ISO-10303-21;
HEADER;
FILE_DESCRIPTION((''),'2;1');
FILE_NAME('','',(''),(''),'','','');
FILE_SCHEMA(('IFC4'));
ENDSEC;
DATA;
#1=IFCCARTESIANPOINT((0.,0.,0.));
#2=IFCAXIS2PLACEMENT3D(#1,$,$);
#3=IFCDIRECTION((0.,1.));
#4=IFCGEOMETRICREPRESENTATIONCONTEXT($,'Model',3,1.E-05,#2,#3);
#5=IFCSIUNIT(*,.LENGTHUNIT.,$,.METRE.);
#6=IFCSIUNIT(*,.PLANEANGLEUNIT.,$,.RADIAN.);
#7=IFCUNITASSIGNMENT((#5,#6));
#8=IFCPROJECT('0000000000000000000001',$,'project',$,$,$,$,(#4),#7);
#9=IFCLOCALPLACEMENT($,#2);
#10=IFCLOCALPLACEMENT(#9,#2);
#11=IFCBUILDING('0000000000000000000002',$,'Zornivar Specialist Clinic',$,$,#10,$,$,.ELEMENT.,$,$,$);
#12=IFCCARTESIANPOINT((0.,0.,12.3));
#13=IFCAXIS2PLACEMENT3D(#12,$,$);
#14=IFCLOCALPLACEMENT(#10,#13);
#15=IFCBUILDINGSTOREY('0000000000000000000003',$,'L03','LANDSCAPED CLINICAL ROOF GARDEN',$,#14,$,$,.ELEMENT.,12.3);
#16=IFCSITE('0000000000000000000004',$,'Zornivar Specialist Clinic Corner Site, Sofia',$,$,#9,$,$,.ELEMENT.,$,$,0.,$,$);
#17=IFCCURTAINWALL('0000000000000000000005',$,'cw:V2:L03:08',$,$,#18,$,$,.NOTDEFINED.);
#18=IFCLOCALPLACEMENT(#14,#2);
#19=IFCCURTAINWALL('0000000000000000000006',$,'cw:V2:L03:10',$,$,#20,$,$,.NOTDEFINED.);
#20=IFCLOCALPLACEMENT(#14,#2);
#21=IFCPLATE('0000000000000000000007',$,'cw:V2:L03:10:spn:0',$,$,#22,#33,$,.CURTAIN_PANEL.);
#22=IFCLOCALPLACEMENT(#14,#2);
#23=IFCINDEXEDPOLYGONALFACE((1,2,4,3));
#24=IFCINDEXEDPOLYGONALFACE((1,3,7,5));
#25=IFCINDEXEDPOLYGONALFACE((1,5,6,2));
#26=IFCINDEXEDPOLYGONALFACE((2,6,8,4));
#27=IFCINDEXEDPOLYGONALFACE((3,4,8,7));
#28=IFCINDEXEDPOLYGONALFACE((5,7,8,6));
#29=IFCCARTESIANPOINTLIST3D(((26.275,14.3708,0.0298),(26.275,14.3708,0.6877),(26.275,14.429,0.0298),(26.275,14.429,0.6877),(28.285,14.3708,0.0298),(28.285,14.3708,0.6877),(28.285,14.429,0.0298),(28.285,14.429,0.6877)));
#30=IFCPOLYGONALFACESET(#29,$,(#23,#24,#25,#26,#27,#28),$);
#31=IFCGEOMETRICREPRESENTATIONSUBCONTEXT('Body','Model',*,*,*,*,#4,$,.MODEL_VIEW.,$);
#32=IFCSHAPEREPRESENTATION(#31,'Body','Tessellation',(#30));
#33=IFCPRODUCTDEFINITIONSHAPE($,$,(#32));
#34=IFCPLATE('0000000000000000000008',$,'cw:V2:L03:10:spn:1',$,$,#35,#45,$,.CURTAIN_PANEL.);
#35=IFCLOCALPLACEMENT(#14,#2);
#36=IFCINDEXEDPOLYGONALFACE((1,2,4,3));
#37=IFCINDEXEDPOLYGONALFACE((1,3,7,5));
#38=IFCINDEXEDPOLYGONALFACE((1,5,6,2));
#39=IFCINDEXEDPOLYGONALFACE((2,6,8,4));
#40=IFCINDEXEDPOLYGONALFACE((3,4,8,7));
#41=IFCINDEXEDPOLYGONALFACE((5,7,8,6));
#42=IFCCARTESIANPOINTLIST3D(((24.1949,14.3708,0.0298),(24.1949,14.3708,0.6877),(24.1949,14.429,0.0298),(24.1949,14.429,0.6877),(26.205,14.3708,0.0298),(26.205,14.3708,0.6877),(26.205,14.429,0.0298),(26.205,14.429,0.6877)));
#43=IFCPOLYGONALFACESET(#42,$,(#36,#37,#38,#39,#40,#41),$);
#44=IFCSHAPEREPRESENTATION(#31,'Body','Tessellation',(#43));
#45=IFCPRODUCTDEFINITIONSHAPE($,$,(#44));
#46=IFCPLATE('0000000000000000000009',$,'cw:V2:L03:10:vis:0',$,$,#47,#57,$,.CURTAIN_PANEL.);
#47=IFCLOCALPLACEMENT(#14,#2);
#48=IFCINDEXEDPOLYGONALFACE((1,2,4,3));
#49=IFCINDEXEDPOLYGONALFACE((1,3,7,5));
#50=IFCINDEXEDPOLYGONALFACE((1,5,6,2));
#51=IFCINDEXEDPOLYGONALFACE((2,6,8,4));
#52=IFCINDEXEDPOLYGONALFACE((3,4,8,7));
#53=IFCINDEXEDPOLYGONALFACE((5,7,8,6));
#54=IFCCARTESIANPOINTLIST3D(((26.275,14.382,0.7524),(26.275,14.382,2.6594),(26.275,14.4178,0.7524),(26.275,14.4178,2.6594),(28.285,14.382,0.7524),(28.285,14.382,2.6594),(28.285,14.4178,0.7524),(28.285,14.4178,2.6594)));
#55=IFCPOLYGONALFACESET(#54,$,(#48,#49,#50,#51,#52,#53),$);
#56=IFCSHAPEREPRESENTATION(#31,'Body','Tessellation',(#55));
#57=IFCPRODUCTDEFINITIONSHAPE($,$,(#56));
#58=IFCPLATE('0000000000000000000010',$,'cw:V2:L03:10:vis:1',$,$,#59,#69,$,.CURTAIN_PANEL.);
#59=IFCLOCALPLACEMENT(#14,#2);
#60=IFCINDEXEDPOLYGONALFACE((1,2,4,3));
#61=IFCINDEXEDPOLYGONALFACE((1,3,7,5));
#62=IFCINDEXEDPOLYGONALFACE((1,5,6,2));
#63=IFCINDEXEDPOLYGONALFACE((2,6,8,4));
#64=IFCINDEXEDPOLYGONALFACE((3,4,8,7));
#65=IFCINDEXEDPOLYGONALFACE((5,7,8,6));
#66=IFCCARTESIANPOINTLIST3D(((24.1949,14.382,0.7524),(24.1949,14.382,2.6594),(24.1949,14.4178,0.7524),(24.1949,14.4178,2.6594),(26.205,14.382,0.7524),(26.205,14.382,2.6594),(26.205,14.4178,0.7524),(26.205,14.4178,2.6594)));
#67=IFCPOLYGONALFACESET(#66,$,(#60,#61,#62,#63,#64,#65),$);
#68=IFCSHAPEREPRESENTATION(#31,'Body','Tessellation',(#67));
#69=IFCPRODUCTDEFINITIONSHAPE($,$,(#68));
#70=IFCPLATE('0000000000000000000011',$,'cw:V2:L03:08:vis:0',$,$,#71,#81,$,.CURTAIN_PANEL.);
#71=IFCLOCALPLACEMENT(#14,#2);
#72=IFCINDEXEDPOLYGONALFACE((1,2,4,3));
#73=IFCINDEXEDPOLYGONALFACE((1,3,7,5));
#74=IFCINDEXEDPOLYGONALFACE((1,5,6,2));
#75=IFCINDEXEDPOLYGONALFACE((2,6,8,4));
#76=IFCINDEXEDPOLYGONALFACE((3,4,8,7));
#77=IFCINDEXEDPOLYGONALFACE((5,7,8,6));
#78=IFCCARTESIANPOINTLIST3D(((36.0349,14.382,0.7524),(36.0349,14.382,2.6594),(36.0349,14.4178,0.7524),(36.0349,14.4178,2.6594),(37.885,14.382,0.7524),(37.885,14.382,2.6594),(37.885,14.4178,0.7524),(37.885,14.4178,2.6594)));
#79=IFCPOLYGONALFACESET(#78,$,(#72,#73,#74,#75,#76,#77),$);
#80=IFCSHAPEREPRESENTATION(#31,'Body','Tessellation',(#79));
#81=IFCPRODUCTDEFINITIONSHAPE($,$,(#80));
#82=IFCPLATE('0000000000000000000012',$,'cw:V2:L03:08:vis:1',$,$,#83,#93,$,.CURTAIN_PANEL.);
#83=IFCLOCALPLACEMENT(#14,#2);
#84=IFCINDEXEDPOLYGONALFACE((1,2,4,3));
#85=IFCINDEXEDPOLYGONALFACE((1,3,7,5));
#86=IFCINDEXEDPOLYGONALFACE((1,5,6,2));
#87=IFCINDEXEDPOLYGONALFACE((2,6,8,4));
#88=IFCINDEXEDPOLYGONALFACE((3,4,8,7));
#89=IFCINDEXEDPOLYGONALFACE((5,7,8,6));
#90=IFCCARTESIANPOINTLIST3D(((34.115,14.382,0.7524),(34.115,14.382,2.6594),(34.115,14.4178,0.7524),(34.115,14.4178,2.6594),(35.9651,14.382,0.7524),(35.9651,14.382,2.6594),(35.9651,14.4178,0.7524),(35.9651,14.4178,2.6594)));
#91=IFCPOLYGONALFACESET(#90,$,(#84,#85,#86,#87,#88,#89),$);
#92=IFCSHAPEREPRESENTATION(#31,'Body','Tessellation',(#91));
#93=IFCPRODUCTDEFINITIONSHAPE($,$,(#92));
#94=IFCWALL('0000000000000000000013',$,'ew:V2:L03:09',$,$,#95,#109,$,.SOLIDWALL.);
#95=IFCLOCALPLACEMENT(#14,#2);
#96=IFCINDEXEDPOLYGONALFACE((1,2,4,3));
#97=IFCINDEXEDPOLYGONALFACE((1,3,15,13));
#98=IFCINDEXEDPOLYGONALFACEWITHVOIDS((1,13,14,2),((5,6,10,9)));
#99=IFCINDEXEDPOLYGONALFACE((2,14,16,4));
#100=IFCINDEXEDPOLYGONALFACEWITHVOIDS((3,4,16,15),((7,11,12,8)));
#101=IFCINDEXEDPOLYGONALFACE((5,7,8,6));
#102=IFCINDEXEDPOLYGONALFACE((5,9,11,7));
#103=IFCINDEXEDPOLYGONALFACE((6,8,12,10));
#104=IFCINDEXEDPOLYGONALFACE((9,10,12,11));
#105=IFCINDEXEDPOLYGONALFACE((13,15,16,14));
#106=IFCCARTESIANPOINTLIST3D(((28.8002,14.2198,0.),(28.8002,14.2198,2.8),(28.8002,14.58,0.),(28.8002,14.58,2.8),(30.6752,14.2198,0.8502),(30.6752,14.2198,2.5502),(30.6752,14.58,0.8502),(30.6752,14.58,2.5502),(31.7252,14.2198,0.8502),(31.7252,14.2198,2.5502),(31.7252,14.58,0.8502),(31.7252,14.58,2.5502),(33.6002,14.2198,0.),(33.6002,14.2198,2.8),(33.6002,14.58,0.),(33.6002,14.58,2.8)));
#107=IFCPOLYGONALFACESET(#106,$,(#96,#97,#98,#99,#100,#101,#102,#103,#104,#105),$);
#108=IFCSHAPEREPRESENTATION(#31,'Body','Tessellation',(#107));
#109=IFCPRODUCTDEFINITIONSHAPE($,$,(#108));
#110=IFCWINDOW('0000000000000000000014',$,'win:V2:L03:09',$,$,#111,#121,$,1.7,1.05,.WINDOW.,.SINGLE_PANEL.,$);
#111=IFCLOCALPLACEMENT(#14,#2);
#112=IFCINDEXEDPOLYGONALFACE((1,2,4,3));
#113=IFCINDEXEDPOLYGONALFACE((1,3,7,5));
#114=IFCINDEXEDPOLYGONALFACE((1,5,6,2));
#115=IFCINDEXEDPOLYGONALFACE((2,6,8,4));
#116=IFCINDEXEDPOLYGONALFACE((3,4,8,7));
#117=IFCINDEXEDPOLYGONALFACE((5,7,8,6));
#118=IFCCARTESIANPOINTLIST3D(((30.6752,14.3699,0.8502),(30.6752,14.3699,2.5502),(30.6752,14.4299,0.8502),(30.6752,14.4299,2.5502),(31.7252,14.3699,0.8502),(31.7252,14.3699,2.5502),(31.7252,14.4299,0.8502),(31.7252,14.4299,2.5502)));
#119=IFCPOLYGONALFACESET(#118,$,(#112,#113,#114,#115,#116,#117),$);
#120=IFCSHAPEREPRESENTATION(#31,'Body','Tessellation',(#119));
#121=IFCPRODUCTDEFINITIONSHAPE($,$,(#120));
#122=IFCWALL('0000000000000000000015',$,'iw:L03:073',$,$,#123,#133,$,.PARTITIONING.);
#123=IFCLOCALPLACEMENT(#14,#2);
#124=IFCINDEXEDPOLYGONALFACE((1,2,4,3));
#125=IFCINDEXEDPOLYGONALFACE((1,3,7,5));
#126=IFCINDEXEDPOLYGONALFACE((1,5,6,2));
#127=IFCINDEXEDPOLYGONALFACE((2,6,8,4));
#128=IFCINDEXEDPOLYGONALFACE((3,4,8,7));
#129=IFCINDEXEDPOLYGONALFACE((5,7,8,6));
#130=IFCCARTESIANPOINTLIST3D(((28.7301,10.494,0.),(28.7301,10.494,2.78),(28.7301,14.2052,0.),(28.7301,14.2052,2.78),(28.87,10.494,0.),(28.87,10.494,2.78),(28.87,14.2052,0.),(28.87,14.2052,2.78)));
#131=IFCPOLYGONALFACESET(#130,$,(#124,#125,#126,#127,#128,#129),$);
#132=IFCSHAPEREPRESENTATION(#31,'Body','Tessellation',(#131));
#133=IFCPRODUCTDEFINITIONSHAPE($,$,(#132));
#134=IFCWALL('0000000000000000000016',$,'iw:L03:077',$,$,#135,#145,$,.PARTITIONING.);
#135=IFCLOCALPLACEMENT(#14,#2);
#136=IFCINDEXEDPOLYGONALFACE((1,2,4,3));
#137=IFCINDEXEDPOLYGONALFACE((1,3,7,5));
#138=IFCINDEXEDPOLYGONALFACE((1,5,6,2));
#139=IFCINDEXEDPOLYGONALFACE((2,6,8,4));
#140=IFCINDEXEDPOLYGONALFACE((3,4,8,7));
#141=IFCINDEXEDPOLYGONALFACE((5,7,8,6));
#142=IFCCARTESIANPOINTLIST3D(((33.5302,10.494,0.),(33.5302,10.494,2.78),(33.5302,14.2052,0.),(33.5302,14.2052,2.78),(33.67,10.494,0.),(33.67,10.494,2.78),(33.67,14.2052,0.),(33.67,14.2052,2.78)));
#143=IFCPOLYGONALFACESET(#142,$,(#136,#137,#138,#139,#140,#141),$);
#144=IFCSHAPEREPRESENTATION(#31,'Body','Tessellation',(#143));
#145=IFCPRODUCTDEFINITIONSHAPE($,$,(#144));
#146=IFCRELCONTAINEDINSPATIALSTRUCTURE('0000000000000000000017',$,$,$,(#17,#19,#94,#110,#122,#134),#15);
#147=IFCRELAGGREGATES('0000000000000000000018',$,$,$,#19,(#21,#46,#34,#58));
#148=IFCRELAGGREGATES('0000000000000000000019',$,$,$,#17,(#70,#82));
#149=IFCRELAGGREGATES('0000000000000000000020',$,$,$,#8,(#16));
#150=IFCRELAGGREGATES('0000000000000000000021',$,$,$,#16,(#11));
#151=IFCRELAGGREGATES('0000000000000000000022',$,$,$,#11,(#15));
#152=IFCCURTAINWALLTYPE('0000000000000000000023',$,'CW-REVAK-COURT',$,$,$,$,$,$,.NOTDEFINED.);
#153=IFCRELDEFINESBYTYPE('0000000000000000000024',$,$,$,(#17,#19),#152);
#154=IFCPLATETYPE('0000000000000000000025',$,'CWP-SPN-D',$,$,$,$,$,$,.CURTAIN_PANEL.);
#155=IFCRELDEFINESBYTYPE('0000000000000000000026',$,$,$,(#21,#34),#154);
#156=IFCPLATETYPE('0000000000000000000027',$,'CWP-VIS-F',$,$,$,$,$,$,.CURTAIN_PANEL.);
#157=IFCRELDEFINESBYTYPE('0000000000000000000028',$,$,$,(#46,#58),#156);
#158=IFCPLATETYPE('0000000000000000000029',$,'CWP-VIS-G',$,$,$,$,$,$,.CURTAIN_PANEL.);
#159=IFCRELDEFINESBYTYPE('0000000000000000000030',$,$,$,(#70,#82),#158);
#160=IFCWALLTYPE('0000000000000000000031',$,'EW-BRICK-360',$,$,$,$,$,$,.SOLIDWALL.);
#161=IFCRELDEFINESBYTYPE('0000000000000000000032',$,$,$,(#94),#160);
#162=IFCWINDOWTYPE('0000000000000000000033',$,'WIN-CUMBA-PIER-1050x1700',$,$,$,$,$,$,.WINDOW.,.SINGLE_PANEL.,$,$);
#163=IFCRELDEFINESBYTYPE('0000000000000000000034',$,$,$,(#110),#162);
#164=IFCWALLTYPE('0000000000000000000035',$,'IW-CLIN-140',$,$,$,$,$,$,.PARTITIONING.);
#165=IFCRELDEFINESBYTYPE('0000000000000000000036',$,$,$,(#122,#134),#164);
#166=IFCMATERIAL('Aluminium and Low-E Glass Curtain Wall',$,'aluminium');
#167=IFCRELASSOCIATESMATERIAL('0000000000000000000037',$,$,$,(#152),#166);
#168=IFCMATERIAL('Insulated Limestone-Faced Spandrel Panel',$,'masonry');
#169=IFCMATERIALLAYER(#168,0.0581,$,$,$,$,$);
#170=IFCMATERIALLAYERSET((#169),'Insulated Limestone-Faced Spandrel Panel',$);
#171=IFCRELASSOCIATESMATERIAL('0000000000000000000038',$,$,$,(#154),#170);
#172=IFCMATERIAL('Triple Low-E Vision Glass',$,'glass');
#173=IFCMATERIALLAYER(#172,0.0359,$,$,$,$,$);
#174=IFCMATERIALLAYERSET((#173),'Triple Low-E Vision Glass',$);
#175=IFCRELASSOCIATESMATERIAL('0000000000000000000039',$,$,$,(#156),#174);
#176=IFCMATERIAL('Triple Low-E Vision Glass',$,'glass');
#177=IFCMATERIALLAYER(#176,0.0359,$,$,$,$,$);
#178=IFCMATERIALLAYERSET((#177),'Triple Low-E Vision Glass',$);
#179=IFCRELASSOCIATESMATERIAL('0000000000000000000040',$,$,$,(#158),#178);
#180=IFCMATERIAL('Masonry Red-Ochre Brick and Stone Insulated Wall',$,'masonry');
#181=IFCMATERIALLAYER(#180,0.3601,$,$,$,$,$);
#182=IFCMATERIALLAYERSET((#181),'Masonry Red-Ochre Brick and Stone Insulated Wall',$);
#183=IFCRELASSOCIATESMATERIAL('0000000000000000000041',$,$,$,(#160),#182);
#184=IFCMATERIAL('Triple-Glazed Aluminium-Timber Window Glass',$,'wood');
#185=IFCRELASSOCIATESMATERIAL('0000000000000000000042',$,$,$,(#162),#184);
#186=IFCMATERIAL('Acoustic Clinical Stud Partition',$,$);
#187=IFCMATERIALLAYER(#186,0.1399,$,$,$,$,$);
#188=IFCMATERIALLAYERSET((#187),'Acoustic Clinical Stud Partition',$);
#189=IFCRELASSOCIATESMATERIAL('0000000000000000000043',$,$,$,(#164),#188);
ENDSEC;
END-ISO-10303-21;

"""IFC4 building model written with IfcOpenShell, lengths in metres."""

from ifc_helpers import new_model, si_unit, direction, frame, frame_2d, origin, origin_2d, place, context, subcontext, project, spatial, rectangle, extrude, material, layer, layer_set, type_object, element, fill, aggregate, save


model = new_model("IFC4")

# Units and contexts
model_context = context("Model", 3, precision=1e-05, world=origin(), true_north=direction((0.0, 1.0)))
body_context = subcontext(model_context, "Body", "Model", "MODEL_VIEW")
ifc_project = project(units=[si_unit("LENGTHUNIT", "METRE"), si_unit("PLANEANGLEUNIT", "RADIAN")], contexts=[model_context])

# Site, building, storey
site_placement = place(None, origin())
site = spatial("IfcSite", under=ifc_project, at=site_placement, Name="Zornivar Specialist Clinic Corner Site, Sofia", CompositionType="ELEMENT", RefElevation=0.0)
building_placement = place(site_placement, origin())
building = spatial("IfcBuilding", under=site, at=building_placement, Name="Zornivar Specialist Clinic", CompositionType="ELEMENT")
storey_placement = place(building_placement, frame((0.0, 0.0, 12.3)))
storey = spatial("IfcBuildingStorey", under=building, at=storey_placement, Name="L03", Description="LANDSCAPED CLINICAL ROOF GARDEN", CompositionType="ELEMENT", Elevation=12.3)

# Curtain walls
ifc_material_1 = material(Name="Aluminium and Low-E Glass Curtain Wall", Category="aluminium")
curtain_wall_type = type_object("IfcCurtainWallType", Name="CW-REVAK-COURT", PredefinedType="NOTDEFINED", material=ifc_material_1)
curtain_wall_1_placement = place(storey_placement, origin())
curtain_wall_1 = element("IfcCurtainWall", 1, at=curtain_wall_1_placement, inside=storey, type_object=curtain_wall_type, Name="cw:V2:L03:08", PredefinedType="NOTDEFINED")
curtain_wall_2_placement = place(storey_placement, origin())
curtain_wall_2 = element("IfcCurtainWall", 2, at=curtain_wall_2_placement, inside=storey, type_object=curtain_wall_type, Name="cw:V2:L03:10", PredefinedType="NOTDEFINED")

# Plates
ifc_material_2 = material(Name="Insulated Limestone-Faced Spandrel Panel", Category="masonry")
ifc_layer_1 = layer(ifc_material_2, 0.0581)
ifc_layer_set_1 = layer_set([ifc_layer_1], Name="Insulated Limestone-Faced Spandrel Panel")
plate_type_1 = type_object("IfcPlateType", Name="CWP-SPN-D", PredefinedType="CURTAIN_PANEL", material=ifc_layer_set_1)
plate_1_placement = place(storey_placement, frame((27.28, 14.3999, 0.0298), z_axis=(0.0, 0.0, 1.0), x_axis=(-1.0, 0.0, 0.0)))
plate_1 = element("IfcPlate", 3, at=plate_1_placement, type_object=plate_type_1, Name="cw:V2:L03:10:spn:0", PredefinedType="CURTAIN_PANEL", context=body_context, shape_type="SweptSolid", body=[
    extrude(rectangle(XDim=2.01, YDim=0.0581, at=origin_2d()), origin(), (0.0, 0.0, 1.0), 0.658),
])
plate_2_placement = place(storey_placement, frame((25.2, 14.3999, 0.0298), z_axis=(0.0, 0.0, 1.0), x_axis=(-1.0, 0.0, 0.0)))
plate_2 = element("IfcPlate", 4, at=plate_2_placement, type_object=plate_type_1, Name="cw:V2:L03:10:spn:1", PredefinedType="CURTAIN_PANEL", context=body_context, shape_type="SweptSolid", body=[
    extrude(rectangle(XDim=2.01, YDim=0.0581, at=origin_2d()), origin(), (0.0, 0.0, 1.0), 0.658),
])
ifc_material_3 = material(Name="Triple Low-E Vision Glass", Category="glass")
ifc_layer_2 = layer(ifc_material_3, 0.0359)
ifc_layer_set_2 = layer_set([ifc_layer_2], Name="Triple Low-E Vision Glass")
plate_type_2 = type_object("IfcPlateType", Name="CWP-VIS-F", PredefinedType="CURTAIN_PANEL", material=ifc_layer_set_2)
plate_3_placement = place(storey_placement, frame((27.28, 14.3999, 0.7524), z_axis=(0.0, 0.0, 1.0), x_axis=(-1.0, 0.0, 0.0)))
plate_3 = element("IfcPlate", 5, at=plate_3_placement, type_object=plate_type_2, Name="cw:V2:L03:10:vis:0", PredefinedType="CURTAIN_PANEL", context=body_context, shape_type="SweptSolid", body=[
    extrude(rectangle(XDim=2.01, YDim=0.0359, at=origin_2d()), origin(), (0.0, 0.0, 1.0), 1.907),
])
plate_4_placement = place(storey_placement, frame((25.2, 14.3999, 0.7524), z_axis=(0.0, 0.0, 1.0), x_axis=(-1.0, 0.0, 0.0)))
plate_4 = element("IfcPlate", 6, at=plate_4_placement, type_object=plate_type_2, Name="cw:V2:L03:10:vis:1", PredefinedType="CURTAIN_PANEL", context=body_context, shape_type="SweptSolid", body=[
    extrude(rectangle(XDim=2.01, YDim=0.0359, at=origin_2d()), origin(), (0.0, 0.0, 1.0), 1.907),
])
aggregate(curtain_wall_2, [plate_1, plate_3, plate_2, plate_4])
ifc_material_4 = material(Name="Triple Low-E Vision Glass", Category="glass")
ifc_layer_3 = layer(ifc_material_4, 0.0359)
ifc_layer_set_3 = layer_set([ifc_layer_3], Name="Triple Low-E Vision Glass")
plate_type_3 = type_object("IfcPlateType", Name="CWP-VIS-G", PredefinedType="CURTAIN_PANEL", material=ifc_layer_set_3)
plate_5_placement = place(storey_placement, frame((36.96, 14.3999, 0.7524), z_axis=(0.0, 0.0, 1.0), x_axis=(-1.0, 0.0, 0.0)))
plate_5 = element("IfcPlate", 7, at=plate_5_placement, type_object=plate_type_3, Name="cw:V2:L03:08:vis:0", PredefinedType="CURTAIN_PANEL", context=body_context, shape_type="SweptSolid", body=[
    extrude(rectangle(XDim=1.8501, YDim=0.0359, at=origin_2d()), origin(), (0.0, 0.0, 1.0), 1.907),
])
plate_6_placement = place(storey_placement, frame((35.04, 14.3999, 0.7524), z_axis=(0.0, 0.0, 1.0), x_axis=(-1.0, 0.0, 0.0)))
plate_6 = element("IfcPlate", 8, at=plate_6_placement, type_object=plate_type_3, Name="cw:V2:L03:08:vis:1", PredefinedType="CURTAIN_PANEL", context=body_context, shape_type="SweptSolid", body=[
    extrude(rectangle(XDim=1.8501, YDim=0.0359, at=origin_2d()), origin(), (0.0, 0.0, 1.0), 1.907),
])
aggregate(curtain_wall_1, [plate_5, plate_6])

# Wall, opening, window
ifc_material_5 = material(Name="Masonry Red-Ochre Brick and Stone Insulated Wall", Category="masonry")
ifc_layer_4 = layer(ifc_material_5, 0.3601)
ifc_layer_set_4 = layer_set([ifc_layer_4], Name="Masonry Red-Ochre Brick and Stone Insulated Wall")
wall_type_1 = type_object("IfcWallType", Name="EW-BRICK-360", PredefinedType="SOLIDWALL", material=ifc_layer_set_4)
wall_1_placement = place(storey_placement, frame((33.6001, 14.3999, 0.0), z_axis=(0.0, 0.0, 1.0), x_axis=(-1.0, 0.0, 0.0)))
wall_1 = element("IfcWall", 9, at=wall_1_placement, inside=storey, type_object=wall_type_1, Name="ew:V2:L03:09", PredefinedType="SOLIDWALL", context=body_context, shape_type="SweptSolid", body=[
    extrude(rectangle(XDim=4.8, YDim=0.3601, at=frame_2d((2.3999, 0.0))), origin(), (0.0, 0.0, 1.0), 2.8),
])
opening_1_placement = place(wall_1_placement, frame((1.875, 0.0, 0.8501)))
opening_1 = element("IfcOpeningElement", 10, at=opening_1_placement, cuts=wall_1, PredefinedType="OPENING", context=body_context, shape_type="SweptSolid", body=[
    extrude(rectangle(XDim=1.05, YDim=1.7, at=frame_2d((0.5249, 0.8501))), frame((0.0, 0.1899, 0.0), z_axis=(0.0, -1.0, 0.0), x_axis=(1.0, 0.0, 0.0)), (0.0, 0.0, 1.0), 0.3801),
])
ifc_material_6 = material(Name="Triple-Glazed Aluminium-Timber Window Glass", Category="wood")
window_type = type_object("IfcWindowType", Name="WIN-CUMBA-PIER-1050x1700", PartitioningType="SINGLE_PANEL", PredefinedType="WINDOW", material=ifc_material_6)
window_placement = place(opening_1_placement, origin())
window = element("IfcWindow", 11, at=window_placement, inside=storey, type_object=window_type, Name="win:V2:L03:09", OverallHeight=1.7, OverallWidth=1.05, PartitioningType="SINGLE_PANEL", PredefinedType="WINDOW", context=body_context, shape_type="SweptSolid", body=[
    extrude(rectangle(XDim=1.05, YDim=1.7, at=frame_2d((0.5249, 0.8501))), frame((0.0, 0.03, 0.0), z_axis=(0.0, -1.0, 0.0), x_axis=(1.0, 0.0, 0.0)), (0.0, 0.0, 1.0), 0.0601),
])
fill(opening_1, window)

# Walls
ifc_material_7 = material(Name="Acoustic Clinical Stud Partition")
ifc_layer_5 = layer(ifc_material_7, 0.1399)
ifc_layer_set_5 = layer_set([ifc_layer_5], Name="Acoustic Clinical Stud Partition")
wall_type_2 = type_object("IfcWallType", Name="IW-CLIN-140", PredefinedType="PARTITIONING", material=ifc_layer_set_5)
for number, where, z_axis, x_axis, name in (
    (12, (28.8, 14.2051, 0.0), (0.0, 0.0, 1.0), (0.0, -1.0, 0.0), "iw:L03:073"),
    (13, (33.6001, 14.2051, 0.0), (0.0, 0.0, 1.0), (0.0, -1.0, 0.0), "iw:L03:077"),
):
    element("IfcWall", number, at=place(storey_placement, frame(where, z_axis=z_axis, x_axis=x_axis)), inside=storey, type_object=wall_type_2, Name=name, PredefinedType="PARTITIONING", context=body_context, shape_type="SweptSolid", body=[
        extrude(rectangle(XDim=3.7112, YDim=0.1399, at=frame_2d((1.8555, 0.0))), origin(), (0.0, 0.0, 1.0), 2.78),
    ])

save(model, "model.ifc")
